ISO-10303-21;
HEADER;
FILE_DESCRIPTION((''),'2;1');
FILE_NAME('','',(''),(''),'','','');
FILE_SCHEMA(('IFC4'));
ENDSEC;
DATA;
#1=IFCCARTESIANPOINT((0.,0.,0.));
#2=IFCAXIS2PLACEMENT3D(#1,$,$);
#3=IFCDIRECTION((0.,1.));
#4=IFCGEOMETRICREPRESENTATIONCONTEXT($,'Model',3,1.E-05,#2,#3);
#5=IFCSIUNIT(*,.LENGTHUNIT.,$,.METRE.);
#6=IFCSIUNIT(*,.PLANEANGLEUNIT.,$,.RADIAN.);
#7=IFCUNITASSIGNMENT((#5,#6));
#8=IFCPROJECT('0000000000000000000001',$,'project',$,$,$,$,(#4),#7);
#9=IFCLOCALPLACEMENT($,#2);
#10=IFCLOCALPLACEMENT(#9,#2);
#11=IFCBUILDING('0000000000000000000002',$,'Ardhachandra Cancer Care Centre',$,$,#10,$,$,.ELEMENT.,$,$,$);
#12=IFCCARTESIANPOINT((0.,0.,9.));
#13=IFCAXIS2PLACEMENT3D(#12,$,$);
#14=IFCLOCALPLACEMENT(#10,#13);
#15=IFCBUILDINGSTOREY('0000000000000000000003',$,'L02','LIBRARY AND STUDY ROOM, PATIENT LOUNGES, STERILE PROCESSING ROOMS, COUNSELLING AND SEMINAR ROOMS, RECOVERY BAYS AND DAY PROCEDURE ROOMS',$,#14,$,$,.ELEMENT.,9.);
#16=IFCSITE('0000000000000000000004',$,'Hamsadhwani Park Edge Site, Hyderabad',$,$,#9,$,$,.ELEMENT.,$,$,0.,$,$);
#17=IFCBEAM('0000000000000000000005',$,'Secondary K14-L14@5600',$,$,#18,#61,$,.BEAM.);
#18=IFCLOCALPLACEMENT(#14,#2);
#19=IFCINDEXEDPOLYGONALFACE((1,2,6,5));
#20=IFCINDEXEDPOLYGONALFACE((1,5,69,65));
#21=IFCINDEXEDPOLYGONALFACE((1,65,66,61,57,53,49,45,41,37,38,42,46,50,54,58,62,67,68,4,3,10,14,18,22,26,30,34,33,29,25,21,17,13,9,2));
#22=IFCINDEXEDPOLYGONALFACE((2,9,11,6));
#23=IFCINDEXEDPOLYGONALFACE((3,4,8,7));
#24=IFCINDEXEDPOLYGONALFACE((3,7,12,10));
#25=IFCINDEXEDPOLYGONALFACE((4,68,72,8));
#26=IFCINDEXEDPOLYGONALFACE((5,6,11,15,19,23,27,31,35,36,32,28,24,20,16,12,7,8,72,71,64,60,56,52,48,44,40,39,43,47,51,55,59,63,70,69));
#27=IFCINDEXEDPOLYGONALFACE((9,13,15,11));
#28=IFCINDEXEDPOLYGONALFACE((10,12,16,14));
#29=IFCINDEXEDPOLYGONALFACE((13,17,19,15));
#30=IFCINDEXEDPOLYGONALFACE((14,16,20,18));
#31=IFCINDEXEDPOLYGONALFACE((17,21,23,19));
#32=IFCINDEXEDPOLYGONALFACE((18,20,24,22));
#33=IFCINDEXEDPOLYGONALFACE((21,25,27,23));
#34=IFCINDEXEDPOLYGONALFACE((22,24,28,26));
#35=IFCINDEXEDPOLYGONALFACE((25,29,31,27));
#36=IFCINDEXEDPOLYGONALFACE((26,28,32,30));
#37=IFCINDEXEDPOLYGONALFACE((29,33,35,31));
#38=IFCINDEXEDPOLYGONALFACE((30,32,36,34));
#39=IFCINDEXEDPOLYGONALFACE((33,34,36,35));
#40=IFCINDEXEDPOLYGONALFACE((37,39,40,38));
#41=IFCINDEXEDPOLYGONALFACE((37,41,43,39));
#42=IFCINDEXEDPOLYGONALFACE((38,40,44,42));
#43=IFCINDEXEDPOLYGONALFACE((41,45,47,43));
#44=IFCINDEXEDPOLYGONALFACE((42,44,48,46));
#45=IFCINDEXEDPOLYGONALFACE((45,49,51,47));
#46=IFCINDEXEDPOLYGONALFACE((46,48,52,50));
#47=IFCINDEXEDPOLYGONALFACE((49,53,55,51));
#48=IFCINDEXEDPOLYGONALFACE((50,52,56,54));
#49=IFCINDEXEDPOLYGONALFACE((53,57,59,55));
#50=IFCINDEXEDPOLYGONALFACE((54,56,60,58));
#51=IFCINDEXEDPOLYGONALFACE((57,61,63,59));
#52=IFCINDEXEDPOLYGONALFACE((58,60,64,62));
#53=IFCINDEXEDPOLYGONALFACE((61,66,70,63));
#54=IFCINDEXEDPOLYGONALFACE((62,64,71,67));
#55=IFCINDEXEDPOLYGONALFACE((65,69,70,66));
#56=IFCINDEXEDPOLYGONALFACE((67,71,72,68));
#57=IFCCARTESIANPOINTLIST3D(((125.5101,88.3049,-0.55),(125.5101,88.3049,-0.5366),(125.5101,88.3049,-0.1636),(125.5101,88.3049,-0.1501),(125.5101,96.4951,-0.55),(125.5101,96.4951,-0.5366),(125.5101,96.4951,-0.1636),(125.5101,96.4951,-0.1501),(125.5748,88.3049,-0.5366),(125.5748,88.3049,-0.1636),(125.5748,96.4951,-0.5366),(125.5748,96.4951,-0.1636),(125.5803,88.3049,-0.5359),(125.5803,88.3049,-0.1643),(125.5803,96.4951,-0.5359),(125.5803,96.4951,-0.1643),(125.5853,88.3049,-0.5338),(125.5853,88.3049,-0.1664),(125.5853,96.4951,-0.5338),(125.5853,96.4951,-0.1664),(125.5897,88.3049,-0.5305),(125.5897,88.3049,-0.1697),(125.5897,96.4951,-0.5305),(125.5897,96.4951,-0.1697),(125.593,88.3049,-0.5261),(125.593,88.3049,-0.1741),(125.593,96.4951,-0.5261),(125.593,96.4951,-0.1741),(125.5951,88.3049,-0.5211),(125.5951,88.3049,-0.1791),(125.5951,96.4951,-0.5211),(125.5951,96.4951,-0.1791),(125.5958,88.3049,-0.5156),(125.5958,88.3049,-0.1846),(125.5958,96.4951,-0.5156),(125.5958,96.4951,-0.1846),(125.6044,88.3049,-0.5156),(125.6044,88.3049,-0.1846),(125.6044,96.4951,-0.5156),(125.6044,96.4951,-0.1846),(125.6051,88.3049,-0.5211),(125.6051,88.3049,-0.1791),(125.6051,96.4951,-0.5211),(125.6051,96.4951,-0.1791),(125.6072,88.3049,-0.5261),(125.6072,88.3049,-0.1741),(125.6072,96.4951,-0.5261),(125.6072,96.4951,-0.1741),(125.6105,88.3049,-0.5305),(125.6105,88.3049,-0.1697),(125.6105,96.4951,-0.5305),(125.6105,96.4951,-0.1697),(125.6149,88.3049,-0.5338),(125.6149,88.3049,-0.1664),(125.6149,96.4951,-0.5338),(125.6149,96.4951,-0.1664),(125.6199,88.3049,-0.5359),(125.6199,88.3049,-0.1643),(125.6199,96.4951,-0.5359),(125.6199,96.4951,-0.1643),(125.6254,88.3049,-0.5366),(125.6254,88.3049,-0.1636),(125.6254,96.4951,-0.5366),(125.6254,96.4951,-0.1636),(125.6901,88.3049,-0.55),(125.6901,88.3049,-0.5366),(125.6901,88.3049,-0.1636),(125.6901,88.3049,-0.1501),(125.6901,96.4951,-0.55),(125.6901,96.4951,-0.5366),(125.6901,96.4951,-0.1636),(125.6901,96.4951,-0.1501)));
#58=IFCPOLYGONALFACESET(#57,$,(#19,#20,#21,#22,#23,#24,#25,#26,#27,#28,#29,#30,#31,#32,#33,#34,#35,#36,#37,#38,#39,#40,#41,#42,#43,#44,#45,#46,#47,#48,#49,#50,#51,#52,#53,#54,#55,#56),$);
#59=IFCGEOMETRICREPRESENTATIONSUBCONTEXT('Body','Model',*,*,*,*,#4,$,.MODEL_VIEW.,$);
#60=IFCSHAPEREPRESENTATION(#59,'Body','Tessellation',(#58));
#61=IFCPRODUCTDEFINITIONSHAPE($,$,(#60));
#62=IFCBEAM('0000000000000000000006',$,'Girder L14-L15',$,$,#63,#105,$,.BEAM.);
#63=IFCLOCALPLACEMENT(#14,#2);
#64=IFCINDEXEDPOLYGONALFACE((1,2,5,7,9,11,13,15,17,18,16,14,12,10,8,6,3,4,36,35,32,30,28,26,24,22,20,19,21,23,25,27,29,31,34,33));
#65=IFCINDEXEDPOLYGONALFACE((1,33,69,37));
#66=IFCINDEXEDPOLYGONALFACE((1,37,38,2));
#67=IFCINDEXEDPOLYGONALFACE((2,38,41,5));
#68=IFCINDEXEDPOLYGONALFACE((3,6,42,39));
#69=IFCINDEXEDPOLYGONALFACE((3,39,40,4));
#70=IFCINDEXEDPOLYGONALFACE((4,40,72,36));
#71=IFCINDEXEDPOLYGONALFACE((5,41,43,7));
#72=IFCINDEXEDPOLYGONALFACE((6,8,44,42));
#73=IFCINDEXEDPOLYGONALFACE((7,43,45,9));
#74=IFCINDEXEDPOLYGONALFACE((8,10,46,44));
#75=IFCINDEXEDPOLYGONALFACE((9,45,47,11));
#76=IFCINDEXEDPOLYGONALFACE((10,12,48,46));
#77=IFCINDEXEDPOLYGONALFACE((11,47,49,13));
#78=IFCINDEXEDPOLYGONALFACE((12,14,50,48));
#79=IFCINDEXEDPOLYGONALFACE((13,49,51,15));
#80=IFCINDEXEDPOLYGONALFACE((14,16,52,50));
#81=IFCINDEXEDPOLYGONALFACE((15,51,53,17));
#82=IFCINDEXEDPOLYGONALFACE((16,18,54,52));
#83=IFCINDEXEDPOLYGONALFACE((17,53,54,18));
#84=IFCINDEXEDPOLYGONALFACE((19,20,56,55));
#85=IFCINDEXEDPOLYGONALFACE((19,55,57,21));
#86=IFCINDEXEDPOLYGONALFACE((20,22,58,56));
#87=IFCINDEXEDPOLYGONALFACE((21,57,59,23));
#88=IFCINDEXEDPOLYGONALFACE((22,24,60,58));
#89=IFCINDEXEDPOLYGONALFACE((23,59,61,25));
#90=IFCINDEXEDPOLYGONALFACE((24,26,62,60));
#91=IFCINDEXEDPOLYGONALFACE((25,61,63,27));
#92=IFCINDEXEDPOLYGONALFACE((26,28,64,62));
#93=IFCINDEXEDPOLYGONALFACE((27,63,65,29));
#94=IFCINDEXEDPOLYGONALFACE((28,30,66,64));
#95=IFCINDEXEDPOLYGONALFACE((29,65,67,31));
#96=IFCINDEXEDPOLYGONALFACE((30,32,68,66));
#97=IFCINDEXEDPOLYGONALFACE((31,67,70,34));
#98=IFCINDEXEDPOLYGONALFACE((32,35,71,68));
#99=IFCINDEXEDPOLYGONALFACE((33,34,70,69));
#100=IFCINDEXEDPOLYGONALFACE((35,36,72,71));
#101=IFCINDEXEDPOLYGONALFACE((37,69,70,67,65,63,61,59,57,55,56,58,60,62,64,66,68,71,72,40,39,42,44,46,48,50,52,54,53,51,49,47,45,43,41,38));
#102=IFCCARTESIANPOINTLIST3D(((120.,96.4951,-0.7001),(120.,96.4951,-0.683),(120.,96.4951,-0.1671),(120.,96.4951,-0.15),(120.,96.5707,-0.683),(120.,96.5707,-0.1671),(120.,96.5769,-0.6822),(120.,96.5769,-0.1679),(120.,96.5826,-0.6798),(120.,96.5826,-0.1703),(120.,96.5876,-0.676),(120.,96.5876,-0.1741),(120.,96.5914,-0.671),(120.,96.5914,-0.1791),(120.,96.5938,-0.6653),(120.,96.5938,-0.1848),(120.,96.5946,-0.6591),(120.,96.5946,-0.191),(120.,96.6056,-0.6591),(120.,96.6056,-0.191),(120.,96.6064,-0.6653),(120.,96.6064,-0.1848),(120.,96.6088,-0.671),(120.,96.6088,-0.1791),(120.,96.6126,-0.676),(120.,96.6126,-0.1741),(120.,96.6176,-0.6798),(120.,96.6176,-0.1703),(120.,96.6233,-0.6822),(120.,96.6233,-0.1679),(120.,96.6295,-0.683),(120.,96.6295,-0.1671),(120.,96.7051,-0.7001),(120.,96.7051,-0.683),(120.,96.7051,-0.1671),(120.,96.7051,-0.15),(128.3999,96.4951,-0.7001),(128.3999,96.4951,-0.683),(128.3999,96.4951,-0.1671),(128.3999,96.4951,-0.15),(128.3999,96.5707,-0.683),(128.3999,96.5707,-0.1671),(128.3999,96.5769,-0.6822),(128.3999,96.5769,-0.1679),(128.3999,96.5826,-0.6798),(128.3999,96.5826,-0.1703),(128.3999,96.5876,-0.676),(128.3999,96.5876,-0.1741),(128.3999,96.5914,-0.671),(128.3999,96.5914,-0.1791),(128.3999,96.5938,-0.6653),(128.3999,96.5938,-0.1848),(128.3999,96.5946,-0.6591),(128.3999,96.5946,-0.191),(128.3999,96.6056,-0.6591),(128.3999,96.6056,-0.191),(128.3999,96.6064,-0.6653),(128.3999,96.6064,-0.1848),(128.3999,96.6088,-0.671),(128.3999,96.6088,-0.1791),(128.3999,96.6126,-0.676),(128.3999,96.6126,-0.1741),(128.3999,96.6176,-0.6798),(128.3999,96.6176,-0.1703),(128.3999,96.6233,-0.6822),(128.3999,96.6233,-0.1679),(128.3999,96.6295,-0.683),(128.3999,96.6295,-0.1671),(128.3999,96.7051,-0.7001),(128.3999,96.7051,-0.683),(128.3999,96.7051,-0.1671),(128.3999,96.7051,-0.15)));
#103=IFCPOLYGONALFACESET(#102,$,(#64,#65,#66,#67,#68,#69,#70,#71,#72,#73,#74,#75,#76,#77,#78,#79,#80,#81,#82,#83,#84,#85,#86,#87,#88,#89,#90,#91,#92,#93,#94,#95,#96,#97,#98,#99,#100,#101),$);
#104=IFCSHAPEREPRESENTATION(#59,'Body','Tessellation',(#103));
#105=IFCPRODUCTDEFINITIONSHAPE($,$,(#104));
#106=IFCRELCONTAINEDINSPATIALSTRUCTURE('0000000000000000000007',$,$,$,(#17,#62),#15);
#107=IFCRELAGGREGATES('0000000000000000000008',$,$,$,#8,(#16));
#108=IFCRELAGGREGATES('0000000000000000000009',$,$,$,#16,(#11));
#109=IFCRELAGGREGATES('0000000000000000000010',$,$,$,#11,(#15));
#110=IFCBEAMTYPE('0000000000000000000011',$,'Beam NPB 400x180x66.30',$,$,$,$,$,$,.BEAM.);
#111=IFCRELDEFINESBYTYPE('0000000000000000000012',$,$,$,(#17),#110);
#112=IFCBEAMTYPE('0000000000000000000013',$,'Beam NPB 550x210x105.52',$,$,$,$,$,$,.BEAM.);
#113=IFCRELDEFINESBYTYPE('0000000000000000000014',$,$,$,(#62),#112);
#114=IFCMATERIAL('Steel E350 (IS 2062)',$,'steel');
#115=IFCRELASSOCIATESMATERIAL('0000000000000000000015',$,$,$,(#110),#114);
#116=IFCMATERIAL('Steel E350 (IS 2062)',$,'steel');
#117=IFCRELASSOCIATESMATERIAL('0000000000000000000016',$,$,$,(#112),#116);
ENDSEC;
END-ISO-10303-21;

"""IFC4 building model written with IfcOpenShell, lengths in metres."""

from ifc_helpers import new_model, si_unit, direction, frame, origin, origin_2d, place, context, subcontext, project, spatial, i_section, extrude, material, material_profile, profile_set, type_object, element, save


model = new_model("IFC4")

# Units and contexts
model_context = context("Model", 3, precision=1e-05, world=origin(), true_north=direction((0.0, 1.0)))
body_context = subcontext(model_context, "Body", "Model", "MODEL_VIEW")
ifc_project = project(units=[si_unit("LENGTHUNIT", "METRE"), si_unit("PLANEANGLEUNIT", "RADIAN")], contexts=[model_context])

# Site, building, storey
site_placement = place(None, origin())
site = spatial("IfcSite", under=ifc_project, at=site_placement, Name="Hamsadhwani Park Edge Site, Hyderabad", CompositionType="ELEMENT", RefElevation=0.0)
building_placement = place(site_placement, origin())
building = spatial("IfcBuilding", under=site, at=building_placement, Name="Ardhachandra Cancer Care Centre", CompositionType="ELEMENT")
storey_placement = place(building_placement, frame((0.0, 0.0, 9.0)))
storey = spatial("IfcBuildingStorey", under=building, at=storey_placement, Name="L02", Description="LIBRARY AND STUDY ROOM, PATIENT LOUNGES, STERILE PROCESSING ROOMS, COUNSELLING AND SEMINAR ROOMS, RECOVERY BAYS AND DAY PROCEDURE ROOMS", CompositionType="ELEMENT", Elevation=9.0)

# Beams
ifc_material_1 = material(Name="Steel E350 (IS 2062)", Category="steel")
ifc_material_profile_1 = material_profile(ifc_material_1, i_section(OverallWidth=0.1799, OverallDepth=0.3999, WebThickness=0.0085, FlangeThickness=0.0134, FilletRadius=0.021, at=origin_2d()), Name="NPB 400x180x66.30")
ifc_profile_set_1 = profile_set([ifc_material_profile_1], Name="Steel E350 (IS 2062)")
beam_type_1 = type_object("IfcBeamType", Name="Beam NPB 400x180x66.30", PredefinedType="BEAM", material=ifc_profile_set_1)
beam_1_placement = place(storey_placement, frame((125.6001, 88.3049, -0.3501), z_axis=(0.0, 1.0, 0.0), x_axis=(-1.0, 0.0, 0.0)))
element("IfcBeam", 1, at=beam_1_placement, inside=storey, type_object=beam_type_1, Name="Secondary K14-L14@5600", PredefinedType="BEAM", context=body_context, shape_type="SweptSolid", body=[
    extrude(i_section(OverallWidth=0.1799, OverallDepth=0.3999, WebThickness=0.0085, FlangeThickness=0.0134, FilletRadius=0.021, at=origin_2d()), origin(), (0.0, 0.0, 1.0), 8.1902),
])
ifc_material_2 = material(Name="Steel E350 (IS 2062)", Category="steel")
ifc_material_profile_2 = material_profile(ifc_material_2, i_section(OverallWidth=0.21, OverallDepth=0.55, WebThickness=0.011, FlangeThickness=0.0171, FilletRadius=0.0239, at=origin_2d()), Name="NPB 550x210x105.52")
ifc_profile_set_2 = profile_set([ifc_material_profile_2], Name="Steel E350 (IS 2062)")
beam_type_2 = type_object("IfcBeamType", Name="Beam NPB 550x210x105.52", PredefinedType="BEAM", material=ifc_profile_set_2)
beam_2_placement = place(storey_placement, frame((120.0, 96.6001, -0.425), z_axis=(1.0, 0.0, 0.0), x_axis=(0.0, 1.0, 0.0)))
element("IfcBeam", 2, at=beam_2_placement, inside=storey, type_object=beam_type_2, Name="Girder L14-L15", PredefinedType="BEAM", context=body_context, shape_type="SweptSolid", body=[
    extrude(i_section(OverallWidth=0.21, OverallDepth=0.55, WebThickness=0.011, FlangeThickness=0.0171, FilletRadius=0.0239, at=origin_2d()), origin(), (0.0, 0.0, 1.0), 8.3999),
])

save(model, "model.ifc")
